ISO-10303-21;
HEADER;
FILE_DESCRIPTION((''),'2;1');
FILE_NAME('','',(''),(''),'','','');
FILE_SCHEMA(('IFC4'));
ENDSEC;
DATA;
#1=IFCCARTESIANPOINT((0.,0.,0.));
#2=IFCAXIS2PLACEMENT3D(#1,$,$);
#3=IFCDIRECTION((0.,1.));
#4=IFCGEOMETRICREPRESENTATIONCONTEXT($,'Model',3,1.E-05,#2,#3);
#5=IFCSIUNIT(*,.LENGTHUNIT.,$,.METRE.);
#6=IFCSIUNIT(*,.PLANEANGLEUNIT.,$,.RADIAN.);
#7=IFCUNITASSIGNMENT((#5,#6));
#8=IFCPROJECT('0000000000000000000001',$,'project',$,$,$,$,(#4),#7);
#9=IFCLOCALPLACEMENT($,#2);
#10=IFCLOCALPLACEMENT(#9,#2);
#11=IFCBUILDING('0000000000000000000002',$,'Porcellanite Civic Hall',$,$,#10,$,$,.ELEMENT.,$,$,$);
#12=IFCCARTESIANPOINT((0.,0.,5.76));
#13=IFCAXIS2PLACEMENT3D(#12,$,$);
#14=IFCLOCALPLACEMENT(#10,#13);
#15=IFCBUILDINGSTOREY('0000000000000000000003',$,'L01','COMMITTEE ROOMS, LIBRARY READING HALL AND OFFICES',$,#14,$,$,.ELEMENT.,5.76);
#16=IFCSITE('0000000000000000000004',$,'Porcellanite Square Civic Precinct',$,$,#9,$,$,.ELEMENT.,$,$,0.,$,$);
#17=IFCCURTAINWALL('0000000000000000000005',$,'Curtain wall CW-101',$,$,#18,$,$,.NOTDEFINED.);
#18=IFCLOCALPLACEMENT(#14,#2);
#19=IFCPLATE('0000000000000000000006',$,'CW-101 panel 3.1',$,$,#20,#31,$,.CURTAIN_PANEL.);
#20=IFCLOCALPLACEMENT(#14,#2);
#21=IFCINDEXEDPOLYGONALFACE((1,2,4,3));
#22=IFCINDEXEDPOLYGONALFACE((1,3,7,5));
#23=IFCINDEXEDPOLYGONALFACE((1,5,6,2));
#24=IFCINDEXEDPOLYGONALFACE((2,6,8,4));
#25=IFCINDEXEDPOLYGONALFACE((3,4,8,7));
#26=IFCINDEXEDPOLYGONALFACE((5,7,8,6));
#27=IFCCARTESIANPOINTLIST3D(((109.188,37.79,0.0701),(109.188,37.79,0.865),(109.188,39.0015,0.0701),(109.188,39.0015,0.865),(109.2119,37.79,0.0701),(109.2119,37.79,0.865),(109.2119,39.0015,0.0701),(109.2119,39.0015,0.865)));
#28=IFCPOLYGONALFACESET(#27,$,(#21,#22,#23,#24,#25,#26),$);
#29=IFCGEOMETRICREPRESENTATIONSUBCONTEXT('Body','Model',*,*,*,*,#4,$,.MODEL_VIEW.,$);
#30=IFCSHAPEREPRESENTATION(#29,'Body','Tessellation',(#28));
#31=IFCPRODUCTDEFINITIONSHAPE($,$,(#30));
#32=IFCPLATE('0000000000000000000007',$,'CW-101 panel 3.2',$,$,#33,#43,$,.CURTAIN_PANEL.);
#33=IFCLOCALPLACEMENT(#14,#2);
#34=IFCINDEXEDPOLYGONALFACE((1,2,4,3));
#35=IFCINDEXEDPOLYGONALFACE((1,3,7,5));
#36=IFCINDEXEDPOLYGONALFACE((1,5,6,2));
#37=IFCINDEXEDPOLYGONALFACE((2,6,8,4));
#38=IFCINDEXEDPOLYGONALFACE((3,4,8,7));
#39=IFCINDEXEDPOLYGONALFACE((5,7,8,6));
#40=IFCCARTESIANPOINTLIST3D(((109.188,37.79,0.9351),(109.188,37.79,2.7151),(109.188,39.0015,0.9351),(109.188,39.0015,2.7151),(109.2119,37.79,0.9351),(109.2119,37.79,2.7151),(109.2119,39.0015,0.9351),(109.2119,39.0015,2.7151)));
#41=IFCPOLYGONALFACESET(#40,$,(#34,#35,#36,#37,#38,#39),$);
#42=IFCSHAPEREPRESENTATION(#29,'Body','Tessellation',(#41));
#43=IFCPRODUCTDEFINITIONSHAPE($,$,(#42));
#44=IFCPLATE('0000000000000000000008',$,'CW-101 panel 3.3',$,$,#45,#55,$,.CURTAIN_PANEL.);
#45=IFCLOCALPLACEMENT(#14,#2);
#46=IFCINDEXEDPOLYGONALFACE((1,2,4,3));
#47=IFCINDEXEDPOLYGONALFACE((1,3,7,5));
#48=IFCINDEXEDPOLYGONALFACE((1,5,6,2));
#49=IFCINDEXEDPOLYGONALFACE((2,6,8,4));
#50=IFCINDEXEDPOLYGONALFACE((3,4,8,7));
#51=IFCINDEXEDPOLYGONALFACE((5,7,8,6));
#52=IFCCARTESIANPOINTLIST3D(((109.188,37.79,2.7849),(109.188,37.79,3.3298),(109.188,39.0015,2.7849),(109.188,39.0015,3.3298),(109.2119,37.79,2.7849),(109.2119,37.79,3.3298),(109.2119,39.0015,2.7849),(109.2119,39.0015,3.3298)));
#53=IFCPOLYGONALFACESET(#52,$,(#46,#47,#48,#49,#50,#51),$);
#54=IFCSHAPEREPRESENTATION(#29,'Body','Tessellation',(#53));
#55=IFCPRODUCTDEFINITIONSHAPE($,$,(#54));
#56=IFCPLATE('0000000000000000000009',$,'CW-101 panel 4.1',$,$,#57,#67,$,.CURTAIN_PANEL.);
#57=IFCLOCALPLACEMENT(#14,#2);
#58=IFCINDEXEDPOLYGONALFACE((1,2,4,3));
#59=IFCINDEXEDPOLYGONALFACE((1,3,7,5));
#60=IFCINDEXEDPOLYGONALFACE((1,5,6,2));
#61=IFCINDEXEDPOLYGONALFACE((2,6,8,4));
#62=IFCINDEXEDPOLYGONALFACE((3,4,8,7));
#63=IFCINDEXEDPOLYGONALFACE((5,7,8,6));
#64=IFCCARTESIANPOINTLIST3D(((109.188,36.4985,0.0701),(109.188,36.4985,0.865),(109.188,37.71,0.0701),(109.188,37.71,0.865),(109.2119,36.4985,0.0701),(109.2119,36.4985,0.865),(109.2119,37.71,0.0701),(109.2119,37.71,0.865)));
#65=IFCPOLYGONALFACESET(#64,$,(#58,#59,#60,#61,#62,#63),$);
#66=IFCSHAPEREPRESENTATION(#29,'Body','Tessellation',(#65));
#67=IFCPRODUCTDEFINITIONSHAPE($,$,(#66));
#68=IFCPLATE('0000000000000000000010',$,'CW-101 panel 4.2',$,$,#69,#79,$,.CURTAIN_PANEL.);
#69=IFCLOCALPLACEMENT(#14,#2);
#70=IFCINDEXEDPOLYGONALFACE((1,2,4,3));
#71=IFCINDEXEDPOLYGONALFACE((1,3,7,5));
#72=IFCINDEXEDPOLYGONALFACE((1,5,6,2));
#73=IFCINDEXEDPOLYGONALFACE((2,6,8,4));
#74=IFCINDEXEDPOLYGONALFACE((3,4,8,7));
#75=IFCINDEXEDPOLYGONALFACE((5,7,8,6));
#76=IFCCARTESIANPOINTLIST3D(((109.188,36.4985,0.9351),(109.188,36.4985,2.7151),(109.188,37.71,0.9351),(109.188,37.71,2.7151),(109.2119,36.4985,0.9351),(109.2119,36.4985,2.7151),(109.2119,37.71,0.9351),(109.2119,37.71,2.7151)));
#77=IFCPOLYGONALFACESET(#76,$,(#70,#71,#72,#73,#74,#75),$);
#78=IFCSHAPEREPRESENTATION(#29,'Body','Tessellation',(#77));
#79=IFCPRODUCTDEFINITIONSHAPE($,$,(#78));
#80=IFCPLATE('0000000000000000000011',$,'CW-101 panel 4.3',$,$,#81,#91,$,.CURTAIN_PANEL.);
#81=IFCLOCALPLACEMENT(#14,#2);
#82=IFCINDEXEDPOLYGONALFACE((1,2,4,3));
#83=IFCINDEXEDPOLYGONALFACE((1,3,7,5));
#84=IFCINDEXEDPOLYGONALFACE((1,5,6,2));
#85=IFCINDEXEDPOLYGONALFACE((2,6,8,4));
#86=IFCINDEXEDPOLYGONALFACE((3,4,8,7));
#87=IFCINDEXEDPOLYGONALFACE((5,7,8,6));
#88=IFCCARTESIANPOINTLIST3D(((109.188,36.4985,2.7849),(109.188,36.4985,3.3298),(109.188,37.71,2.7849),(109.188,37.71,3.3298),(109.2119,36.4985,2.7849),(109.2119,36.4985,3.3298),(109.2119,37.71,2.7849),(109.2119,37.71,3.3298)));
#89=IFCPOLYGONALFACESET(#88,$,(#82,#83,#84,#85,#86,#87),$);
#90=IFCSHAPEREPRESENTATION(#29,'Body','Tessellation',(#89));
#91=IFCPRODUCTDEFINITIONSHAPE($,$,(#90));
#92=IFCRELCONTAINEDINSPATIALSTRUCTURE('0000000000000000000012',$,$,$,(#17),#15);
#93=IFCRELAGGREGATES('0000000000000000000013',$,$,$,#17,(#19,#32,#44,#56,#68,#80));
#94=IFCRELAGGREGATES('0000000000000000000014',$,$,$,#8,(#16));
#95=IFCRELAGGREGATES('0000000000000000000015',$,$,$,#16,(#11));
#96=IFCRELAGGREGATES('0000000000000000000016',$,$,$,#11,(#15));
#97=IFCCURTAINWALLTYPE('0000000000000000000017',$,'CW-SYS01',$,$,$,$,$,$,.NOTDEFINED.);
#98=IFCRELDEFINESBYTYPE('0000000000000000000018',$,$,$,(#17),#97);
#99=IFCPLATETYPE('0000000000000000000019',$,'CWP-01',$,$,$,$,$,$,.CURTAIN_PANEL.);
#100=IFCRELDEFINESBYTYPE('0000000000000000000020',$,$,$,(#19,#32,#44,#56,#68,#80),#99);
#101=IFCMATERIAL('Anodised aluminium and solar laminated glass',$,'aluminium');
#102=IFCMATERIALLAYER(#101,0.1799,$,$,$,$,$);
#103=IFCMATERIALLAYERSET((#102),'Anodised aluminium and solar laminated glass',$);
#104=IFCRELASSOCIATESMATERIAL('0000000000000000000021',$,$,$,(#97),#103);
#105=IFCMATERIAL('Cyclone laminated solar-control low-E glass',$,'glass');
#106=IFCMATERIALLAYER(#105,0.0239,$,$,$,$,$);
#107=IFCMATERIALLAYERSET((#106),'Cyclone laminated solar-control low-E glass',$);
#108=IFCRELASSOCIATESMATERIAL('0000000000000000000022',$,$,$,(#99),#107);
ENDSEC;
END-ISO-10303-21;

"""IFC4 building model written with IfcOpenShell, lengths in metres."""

from ifc_helpers import new_model, si_unit, direction, frame, origin, origin_2d, place, context, subcontext, project, spatial, rectangle, extrude, material, layer, layer_set, type_object, element, aggregate, save


model = new_model("IFC4")

# Units and contexts
model_context = context("Model", 3, precision=1e-05, world=origin(), true_north=direction((0.0, 1.0)))
body_context = subcontext(model_context, "Body", "Model", "MODEL_VIEW")
ifc_project = project(units=[si_unit("LENGTHUNIT", "METRE"), si_unit("PLANEANGLEUNIT", "RADIAN")], contexts=[model_context])

# Site, building, storey
site_placement = place(None, origin())
site = spatial("IfcSite", under=ifc_project, at=site_placement, Name="Porcellanite Square Civic Precinct", CompositionType="ELEMENT", RefElevation=0.0)
building_placement = place(site_placement, origin())
building = spatial("IfcBuilding", under=site, at=building_placement, Name="Porcellanite Civic Hall", CompositionType="ELEMENT")
storey_placement = place(building_placement, frame((0.0, 0.0, 5.76)))
storey = spatial("IfcBuildingStorey", under=building, at=storey_placement, Name="L01", Description="COMMITTEE ROOMS, LIBRARY READING HALL AND OFFICES", CompositionType="ELEMENT", Elevation=5.76)

# Curtain wall
ifc_material_1 = material(Name="Anodised aluminium and solar laminated glass", Category="aluminium")
ifc_layer_1 = layer(ifc_material_1, 0.1799)
ifc_layer_set_1 = layer_set([ifc_layer_1], Name="Anodised aluminium and solar laminated glass")
curtain_wall_type = type_object("IfcCurtainWallType", Name="CW-SYS01", PredefinedType="NOTDEFINED", material=ifc_layer_set_1)
curtain_wall_placement = place(storey_placement, origin())
curtain_wall = element("IfcCurtainWall", 1, at=curtain_wall_placement, inside=storey, type_object=curtain_wall_type, Name="Curtain wall CW-101", PredefinedType="NOTDEFINED")

# Plates
ifc_material_2 = material(Name="Cyclone laminated solar-control low-E glass", Category="glass")
ifc_layer_2 = layer(ifc_material_2, 0.0239)
ifc_layer_set_2 = layer_set([ifc_layer_2], Name="Cyclone laminated solar-control low-E glass")
plate_type = type_object("IfcPlateType", Name="CWP-01", PredefinedType="CURTAIN_PANEL", material=ifc_layer_set_2)
plate_1_placement = place(storey_placement, frame((109.2, 38.3958, 0.0701), z_axis=(0.0, 0.0, 1.0), x_axis=(0.0, -1.0, 0.0)))
plate_1 = element("IfcPlate", 2, at=plate_1_placement, type_object=plate_type, Name="CW-101 panel 3.1", PredefinedType="CURTAIN_PANEL", context=body_context, shape_type="SweptSolid", body=[
    extrude(rectangle(XDim=1.2114, YDim=0.0239, at=origin_2d()), origin(), (0.0, 0.0, 1.0), 0.7949),
])
plate_2_placement = place(storey_placement, frame((109.2, 38.3958, 0.9351), z_axis=(0.0, 0.0, 1.0), x_axis=(0.0, -1.0, 0.0)))
plate_2 = element("IfcPlate", 3, at=plate_2_placement, type_object=plate_type, Name="CW-101 panel 3.2", PredefinedType="CURTAIN_PANEL", context=body_context, shape_type="SweptSolid", body=[
    extrude(rectangle(XDim=1.2114, YDim=0.0239, at=origin_2d()), origin(), (0.0, 0.0, 1.0), 1.78),
])
plate_3_placement = place(storey_placement, frame((109.2, 38.3958, 2.7849), z_axis=(0.0, 0.0, 1.0), x_axis=(0.0, -1.0, 0.0)))
plate_3 = element("IfcPlate", 4, at=plate_3_placement, type_object=plate_type, Name="CW-101 panel 3.3", PredefinedType="CURTAIN_PANEL", context=body_context, shape_type="SweptSolid", body=[
    extrude(rectangle(XDim=1.2114, YDim=0.0239, at=origin_2d()), origin(), (0.0, 0.0, 1.0), 0.5449),
])
plate_4_placement = place(storey_placement, frame((109.2, 37.1042, 0.0701), z_axis=(0.0, 0.0, 1.0), x_axis=(0.0, -1.0, 0.0)))
plate_4 = element("IfcPlate", 5, at=plate_4_placement, type_object=plate_type, Name="CW-101 panel 4.1", PredefinedType="CURTAIN_PANEL", context=body_context, shape_type="SweptSolid", body=[
    extrude(rectangle(XDim=1.2114, YDim=0.0239, at=origin_2d()), origin(), (0.0, 0.0, 1.0), 0.7949),
])
plate_5_placement = place(storey_placement, frame((109.2, 37.1042, 0.9351), z_axis=(0.0, 0.0, 1.0), x_axis=(0.0, -1.0, 0.0)))
plate_5 = element("IfcPlate", 6, at=plate_5_placement, type_object=plate_type, Name="CW-101 panel 4.2", PredefinedType="CURTAIN_PANEL", context=body_context, shape_type="SweptSolid", body=[
    extrude(rectangle(XDim=1.2114, YDim=0.0239, at=origin_2d()), origin(), (0.0, 0.0, 1.0), 1.78),
])
plate_6_placement = place(storey_placement, frame((109.2, 37.1042, 2.7849), z_axis=(0.0, 0.0, 1.0), x_axis=(0.0, -1.0, 0.0)))
plate_6 = element("IfcPlate", 7, at=plate_6_placement, type_object=plate_type, Name="CW-101 panel 4.3", PredefinedType="CURTAIN_PANEL", context=body_context, shape_type="SweptSolid", body=[
    extrude(rectangle(XDim=1.2114, YDim=0.0239, at=origin_2d()), origin(), (0.0, 0.0, 1.0), 0.5449),
])
aggregate(curtain_wall, [plate_1, plate_2, plate_3, plate_4, plate_5, plate_6])

save(model, "model.ifc")
